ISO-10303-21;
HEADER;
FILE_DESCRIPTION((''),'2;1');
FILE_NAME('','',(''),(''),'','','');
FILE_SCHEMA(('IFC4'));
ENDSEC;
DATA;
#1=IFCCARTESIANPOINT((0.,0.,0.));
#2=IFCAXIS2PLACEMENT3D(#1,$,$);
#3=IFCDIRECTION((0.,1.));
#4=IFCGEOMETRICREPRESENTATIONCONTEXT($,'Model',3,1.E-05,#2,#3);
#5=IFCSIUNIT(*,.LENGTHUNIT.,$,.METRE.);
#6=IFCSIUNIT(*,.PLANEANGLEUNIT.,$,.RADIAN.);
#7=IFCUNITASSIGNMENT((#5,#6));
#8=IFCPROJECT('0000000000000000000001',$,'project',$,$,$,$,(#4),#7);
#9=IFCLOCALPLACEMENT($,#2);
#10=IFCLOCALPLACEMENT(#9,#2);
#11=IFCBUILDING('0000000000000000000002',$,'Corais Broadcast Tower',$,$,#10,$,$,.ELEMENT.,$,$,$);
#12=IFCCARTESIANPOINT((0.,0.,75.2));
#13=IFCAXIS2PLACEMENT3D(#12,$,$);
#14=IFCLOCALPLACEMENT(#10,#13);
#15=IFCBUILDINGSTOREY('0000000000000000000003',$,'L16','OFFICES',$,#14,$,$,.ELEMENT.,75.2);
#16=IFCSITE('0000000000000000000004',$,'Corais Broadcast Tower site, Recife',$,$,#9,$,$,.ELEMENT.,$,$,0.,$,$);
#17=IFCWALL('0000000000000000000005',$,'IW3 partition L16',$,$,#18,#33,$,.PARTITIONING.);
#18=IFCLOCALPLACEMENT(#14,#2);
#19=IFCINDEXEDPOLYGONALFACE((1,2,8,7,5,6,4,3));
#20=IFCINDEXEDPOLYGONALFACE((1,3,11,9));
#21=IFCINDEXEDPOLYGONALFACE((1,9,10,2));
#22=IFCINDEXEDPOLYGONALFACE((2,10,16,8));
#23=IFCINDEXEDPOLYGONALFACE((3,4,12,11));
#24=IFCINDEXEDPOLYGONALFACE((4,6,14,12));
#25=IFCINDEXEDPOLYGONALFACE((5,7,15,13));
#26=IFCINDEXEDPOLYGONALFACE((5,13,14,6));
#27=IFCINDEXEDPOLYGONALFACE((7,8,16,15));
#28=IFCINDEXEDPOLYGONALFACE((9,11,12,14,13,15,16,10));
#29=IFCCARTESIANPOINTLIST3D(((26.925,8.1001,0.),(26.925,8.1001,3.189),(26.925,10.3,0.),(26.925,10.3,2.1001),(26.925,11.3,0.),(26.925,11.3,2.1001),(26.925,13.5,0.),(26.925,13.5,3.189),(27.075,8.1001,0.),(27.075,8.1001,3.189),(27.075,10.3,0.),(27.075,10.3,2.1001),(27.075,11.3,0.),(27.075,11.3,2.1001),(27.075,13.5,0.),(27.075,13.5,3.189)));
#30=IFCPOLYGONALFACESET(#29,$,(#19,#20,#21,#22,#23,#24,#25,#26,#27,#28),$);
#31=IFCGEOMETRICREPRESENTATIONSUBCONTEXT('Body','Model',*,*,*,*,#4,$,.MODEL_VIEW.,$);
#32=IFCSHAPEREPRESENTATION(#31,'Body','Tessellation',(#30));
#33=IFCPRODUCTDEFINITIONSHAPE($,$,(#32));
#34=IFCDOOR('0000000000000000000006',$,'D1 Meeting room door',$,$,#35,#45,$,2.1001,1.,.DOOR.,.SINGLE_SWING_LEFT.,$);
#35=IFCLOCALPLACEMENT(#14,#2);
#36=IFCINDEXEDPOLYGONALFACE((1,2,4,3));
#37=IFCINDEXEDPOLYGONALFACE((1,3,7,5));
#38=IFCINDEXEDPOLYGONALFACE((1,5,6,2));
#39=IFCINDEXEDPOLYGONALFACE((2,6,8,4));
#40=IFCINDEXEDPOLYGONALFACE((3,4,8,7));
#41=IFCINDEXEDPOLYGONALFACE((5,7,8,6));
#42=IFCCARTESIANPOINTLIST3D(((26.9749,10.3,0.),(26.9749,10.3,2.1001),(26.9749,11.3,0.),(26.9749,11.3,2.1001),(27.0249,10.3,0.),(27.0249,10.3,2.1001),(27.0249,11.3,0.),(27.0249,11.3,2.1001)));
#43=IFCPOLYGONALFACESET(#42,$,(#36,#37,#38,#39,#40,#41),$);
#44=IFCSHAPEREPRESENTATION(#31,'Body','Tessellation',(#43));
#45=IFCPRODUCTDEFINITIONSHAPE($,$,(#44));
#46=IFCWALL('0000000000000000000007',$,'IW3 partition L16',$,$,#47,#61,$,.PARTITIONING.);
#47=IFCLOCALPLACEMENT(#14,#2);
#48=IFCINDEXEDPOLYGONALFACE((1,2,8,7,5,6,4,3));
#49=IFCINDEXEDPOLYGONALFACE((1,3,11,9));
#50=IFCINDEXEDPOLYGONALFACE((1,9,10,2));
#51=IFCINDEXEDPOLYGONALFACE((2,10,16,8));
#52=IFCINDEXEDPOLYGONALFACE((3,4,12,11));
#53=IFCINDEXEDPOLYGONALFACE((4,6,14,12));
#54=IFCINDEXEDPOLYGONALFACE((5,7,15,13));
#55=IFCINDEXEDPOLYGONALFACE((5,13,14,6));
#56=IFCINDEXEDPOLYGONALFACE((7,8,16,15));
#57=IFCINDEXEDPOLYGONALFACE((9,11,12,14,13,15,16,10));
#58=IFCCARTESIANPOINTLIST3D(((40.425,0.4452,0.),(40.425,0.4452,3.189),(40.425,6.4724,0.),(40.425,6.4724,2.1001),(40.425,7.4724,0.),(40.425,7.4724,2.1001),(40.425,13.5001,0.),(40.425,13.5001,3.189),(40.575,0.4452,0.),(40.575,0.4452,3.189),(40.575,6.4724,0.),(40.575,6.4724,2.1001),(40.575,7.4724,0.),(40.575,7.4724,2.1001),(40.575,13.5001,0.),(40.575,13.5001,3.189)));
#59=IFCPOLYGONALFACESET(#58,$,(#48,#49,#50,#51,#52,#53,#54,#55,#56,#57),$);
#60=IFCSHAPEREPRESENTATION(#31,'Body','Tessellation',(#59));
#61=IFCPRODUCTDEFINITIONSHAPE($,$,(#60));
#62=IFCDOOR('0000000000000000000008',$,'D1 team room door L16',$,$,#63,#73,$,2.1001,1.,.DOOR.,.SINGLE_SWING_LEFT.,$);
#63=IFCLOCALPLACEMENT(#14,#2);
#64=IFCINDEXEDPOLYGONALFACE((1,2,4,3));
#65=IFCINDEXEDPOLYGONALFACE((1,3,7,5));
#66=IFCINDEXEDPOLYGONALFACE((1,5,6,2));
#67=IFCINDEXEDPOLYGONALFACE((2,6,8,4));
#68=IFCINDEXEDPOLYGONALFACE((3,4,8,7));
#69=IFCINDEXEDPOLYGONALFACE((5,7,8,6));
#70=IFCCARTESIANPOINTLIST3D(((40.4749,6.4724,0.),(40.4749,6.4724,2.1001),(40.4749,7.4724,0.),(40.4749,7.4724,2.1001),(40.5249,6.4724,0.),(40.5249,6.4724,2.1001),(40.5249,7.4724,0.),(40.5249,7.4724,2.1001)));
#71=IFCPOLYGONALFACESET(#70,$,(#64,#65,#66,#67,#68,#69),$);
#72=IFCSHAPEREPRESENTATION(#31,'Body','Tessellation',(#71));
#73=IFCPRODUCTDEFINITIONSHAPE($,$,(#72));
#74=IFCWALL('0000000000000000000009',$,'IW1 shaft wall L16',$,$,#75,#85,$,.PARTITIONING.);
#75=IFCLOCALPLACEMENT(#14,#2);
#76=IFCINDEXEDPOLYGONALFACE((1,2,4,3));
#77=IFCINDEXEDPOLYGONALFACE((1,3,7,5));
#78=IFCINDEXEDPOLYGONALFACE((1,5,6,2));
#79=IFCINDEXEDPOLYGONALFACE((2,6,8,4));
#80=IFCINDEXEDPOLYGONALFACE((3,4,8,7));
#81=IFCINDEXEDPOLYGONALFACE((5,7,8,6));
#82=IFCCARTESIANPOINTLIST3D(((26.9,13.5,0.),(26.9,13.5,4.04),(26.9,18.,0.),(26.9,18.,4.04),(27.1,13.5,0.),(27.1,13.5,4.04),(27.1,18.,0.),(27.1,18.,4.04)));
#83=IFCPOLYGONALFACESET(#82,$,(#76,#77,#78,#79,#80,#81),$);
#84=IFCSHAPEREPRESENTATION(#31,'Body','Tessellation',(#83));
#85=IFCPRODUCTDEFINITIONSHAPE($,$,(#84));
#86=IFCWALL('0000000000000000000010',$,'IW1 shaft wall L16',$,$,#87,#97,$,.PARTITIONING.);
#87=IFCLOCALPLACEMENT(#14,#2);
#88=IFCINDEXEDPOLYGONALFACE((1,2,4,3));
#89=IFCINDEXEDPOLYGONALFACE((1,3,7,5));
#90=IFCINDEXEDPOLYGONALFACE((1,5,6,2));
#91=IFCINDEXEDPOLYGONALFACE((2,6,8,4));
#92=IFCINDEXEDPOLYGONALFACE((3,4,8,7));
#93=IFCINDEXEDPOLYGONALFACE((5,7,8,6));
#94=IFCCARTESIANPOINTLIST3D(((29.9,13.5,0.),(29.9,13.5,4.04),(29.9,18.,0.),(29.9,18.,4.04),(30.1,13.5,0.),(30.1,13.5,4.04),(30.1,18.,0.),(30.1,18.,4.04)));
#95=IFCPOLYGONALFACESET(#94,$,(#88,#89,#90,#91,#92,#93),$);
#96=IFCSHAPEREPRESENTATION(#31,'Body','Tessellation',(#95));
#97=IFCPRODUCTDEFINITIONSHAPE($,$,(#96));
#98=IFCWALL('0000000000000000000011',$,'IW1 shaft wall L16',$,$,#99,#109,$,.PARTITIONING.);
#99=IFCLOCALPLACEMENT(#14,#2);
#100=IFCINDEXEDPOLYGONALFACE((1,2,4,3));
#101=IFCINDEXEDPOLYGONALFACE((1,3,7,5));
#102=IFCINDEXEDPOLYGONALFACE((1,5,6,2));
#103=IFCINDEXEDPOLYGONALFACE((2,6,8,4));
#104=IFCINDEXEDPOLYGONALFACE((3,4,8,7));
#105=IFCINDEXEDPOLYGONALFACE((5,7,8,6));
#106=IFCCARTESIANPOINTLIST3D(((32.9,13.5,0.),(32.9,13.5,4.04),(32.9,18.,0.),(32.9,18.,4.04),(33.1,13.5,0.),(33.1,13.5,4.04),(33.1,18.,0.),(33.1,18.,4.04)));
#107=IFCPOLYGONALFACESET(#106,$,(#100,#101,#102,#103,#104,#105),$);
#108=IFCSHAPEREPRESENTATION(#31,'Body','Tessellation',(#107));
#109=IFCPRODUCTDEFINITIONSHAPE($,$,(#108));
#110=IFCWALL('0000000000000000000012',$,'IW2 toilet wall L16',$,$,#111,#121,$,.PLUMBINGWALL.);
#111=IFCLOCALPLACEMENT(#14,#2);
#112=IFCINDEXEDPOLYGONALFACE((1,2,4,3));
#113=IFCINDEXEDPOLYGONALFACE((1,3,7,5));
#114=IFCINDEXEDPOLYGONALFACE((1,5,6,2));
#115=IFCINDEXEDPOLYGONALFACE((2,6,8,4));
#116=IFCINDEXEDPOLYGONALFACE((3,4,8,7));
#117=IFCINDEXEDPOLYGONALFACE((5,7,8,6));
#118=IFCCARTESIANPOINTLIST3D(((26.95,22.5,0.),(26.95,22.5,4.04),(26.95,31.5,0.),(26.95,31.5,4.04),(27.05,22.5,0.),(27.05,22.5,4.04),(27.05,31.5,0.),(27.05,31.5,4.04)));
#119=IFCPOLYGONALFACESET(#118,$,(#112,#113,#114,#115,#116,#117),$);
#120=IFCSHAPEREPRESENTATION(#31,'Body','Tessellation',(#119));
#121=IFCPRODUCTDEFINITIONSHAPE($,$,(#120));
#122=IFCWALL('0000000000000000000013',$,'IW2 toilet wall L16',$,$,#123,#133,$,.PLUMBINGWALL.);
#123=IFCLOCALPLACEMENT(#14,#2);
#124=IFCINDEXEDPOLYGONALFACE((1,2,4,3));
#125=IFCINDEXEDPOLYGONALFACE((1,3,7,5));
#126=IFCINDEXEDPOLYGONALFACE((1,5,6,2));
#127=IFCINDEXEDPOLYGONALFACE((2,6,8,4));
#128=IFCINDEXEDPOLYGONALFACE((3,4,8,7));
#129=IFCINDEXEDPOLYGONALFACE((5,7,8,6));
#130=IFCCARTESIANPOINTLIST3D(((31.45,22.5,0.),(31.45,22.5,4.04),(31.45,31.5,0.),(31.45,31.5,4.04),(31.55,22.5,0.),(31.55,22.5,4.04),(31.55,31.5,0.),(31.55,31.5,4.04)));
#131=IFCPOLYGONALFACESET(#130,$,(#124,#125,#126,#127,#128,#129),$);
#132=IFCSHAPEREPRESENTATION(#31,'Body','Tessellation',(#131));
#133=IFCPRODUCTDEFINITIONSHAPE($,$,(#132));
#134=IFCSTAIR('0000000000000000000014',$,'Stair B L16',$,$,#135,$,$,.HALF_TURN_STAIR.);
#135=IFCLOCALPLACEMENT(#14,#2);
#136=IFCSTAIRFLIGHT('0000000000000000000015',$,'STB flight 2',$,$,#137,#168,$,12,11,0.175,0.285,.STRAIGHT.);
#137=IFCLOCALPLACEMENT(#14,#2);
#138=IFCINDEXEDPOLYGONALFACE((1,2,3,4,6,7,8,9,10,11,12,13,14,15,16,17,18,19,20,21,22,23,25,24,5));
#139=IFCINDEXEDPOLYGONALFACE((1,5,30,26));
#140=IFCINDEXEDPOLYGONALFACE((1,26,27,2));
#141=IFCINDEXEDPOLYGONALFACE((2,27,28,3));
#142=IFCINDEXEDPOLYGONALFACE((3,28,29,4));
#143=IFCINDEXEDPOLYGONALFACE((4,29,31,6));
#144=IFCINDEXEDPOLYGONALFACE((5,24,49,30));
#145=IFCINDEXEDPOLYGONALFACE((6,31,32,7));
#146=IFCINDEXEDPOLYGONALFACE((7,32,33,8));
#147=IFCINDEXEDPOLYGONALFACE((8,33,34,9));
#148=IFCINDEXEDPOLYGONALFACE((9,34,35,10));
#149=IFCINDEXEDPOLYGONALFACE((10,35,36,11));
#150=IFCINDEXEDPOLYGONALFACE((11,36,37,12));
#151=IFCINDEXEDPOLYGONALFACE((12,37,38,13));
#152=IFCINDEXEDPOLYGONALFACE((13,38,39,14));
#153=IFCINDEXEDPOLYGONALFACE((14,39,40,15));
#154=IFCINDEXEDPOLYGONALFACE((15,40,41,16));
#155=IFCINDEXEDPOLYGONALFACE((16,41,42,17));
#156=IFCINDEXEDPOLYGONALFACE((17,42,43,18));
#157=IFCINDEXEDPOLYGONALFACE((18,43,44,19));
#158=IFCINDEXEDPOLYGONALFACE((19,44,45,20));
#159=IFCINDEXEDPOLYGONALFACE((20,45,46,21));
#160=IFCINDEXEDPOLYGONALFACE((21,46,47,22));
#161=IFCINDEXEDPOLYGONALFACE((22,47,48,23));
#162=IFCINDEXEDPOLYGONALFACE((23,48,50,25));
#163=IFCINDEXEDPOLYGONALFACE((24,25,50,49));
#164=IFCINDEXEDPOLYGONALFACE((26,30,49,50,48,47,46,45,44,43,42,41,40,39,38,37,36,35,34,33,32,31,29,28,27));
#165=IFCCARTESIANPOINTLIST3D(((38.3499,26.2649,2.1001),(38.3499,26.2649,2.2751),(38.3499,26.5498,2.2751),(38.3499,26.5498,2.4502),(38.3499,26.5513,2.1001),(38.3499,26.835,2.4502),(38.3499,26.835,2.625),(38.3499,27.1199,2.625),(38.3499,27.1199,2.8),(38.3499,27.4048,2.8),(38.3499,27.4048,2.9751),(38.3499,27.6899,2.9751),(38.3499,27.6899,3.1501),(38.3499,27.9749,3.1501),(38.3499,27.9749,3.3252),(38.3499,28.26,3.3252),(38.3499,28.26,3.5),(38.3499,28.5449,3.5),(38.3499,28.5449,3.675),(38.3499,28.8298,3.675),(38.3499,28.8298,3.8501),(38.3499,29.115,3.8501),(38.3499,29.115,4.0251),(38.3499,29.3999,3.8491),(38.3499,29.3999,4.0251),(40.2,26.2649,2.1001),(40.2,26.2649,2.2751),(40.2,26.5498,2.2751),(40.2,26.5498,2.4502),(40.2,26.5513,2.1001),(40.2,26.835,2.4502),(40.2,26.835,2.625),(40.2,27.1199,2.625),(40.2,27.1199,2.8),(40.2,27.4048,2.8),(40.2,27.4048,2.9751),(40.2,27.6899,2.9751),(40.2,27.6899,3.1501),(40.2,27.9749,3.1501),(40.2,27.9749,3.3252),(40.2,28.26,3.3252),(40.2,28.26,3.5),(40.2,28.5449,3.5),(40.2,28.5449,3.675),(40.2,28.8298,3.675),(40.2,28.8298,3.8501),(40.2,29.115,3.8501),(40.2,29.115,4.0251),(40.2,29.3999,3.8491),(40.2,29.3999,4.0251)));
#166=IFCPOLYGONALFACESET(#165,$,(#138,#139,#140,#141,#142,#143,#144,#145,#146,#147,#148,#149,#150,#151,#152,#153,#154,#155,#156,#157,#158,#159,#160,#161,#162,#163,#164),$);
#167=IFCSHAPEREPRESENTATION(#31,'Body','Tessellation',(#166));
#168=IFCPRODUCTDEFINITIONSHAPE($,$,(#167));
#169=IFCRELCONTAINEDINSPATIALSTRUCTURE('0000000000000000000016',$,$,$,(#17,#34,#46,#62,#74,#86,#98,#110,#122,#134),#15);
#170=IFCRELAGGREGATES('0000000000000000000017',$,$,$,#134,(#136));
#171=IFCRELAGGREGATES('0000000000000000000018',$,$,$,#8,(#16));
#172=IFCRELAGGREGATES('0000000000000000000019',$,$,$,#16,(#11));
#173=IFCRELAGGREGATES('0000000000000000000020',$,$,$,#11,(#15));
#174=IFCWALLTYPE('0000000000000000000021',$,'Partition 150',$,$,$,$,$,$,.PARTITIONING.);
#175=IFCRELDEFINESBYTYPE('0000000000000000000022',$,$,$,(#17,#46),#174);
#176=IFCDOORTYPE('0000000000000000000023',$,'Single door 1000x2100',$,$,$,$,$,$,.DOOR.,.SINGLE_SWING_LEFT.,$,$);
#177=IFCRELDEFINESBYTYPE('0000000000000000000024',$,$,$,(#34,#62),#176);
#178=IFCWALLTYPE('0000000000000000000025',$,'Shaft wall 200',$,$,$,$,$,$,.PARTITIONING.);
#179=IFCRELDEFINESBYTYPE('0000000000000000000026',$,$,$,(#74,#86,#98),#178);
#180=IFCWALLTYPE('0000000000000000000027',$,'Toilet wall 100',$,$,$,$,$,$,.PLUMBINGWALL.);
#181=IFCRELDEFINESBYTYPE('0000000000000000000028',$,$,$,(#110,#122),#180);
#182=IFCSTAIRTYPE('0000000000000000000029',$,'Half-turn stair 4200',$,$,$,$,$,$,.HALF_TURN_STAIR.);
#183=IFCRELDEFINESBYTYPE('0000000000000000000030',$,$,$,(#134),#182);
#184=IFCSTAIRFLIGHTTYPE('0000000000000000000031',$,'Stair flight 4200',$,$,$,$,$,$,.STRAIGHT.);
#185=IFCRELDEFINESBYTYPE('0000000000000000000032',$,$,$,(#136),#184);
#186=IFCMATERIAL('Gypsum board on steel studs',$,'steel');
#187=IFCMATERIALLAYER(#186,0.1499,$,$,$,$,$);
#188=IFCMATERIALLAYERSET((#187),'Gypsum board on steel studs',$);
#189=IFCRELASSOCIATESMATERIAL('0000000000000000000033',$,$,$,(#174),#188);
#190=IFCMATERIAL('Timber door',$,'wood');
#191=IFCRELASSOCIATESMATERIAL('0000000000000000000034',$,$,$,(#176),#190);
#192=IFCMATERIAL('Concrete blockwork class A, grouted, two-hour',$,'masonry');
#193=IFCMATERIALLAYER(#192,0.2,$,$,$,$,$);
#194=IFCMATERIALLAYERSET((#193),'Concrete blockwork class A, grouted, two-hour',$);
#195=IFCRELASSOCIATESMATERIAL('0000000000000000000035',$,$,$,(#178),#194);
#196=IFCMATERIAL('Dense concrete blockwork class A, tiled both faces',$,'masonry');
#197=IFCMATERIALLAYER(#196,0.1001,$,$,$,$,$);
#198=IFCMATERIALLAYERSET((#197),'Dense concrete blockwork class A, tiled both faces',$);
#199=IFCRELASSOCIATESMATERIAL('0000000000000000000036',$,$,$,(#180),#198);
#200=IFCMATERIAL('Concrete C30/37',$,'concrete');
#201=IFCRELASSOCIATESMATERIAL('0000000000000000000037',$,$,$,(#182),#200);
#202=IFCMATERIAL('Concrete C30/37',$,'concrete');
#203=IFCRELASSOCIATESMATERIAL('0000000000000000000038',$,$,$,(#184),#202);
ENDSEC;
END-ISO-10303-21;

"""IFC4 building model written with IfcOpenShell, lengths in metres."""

from ifc_helpers import new_model, si_unit, direction, frame, frame_2d, origin, place, context, subcontext, project, spatial, polyline, rectangle, outline, extrude, material, layer, layer_set, type_object, element, fill, aggregate, save


model = new_model("IFC4")

# Units and contexts
model_context = context("Model", 3, precision=1e-05, world=origin(), true_north=direction((0.0, 1.0)))
body_context = subcontext(model_context, "Body", "Model", "MODEL_VIEW")
ifc_project = project(units=[si_unit("LENGTHUNIT", "METRE"), si_unit("PLANEANGLEUNIT", "RADIAN")], contexts=[model_context])

# Site, building, storey
site_placement = place(None, origin())
site = spatial("IfcSite", under=ifc_project, at=site_placement, Name="Corais Broadcast Tower site, Recife", CompositionType="ELEMENT", RefElevation=0.0)
building_placement = place(site_placement, origin())
building = spatial("IfcBuilding", under=site, at=building_placement, Name="Corais Broadcast Tower", CompositionType="ELEMENT")
storey_placement = place(building_placement, frame((0.0, 0.0, 75.2)))
storey = spatial("IfcBuildingStorey", under=building, at=storey_placement, Name="L16", Description="OFFICES", CompositionType="ELEMENT", Elevation=75.2)

# Shared definitions
ifc_material_1 = material(Name="Gypsum board on steel studs", Category="steel")
ifc_layer_1 = layer(ifc_material_1, 0.1499)
ifc_layer_set_1 = layer_set([ifc_layer_1], Name="Gypsum board on steel studs")
wall_type_1 = type_object("IfcWallType", Name="Partition 150", PredefinedType="PARTITIONING", material=ifc_layer_set_1)
ifc_material_2 = material(Name="Timber door", Category="wood")
door_type_1 = type_object("IfcDoorType", Name="Single door 1000x2100", OperationType="SINGLE_SWING_LEFT", PredefinedType="DOOR", material=ifc_material_2)

# Walls, openings, doors
wall_1_placement = place(storey_placement, frame((27.0, 13.5, 0.0), z_axis=(0.0, 0.0, 1.0), x_axis=(0.0, -1.0, 0.0)))
wall_1 = element("IfcWall", 1, at=wall_1_placement, inside=storey, type_object=wall_type_1, Name="IW3 partition L16", PredefinedType="PARTITIONING", context=body_context, shape_type="SweptSolid", body=[
    extrude(rectangle(XDim=5.3999, YDim=0.1499, at=frame_2d((2.7, 0.0))), origin(), (0.0, 0.0, 1.0), 3.189),
])
opening_1_placement = place(wall_1_placement, frame((2.2, 0.0, 0.0)))
opening_1 = element("IfcOpeningElement", 2, at=opening_1_placement, cuts=wall_1, PredefinedType="OPENING", context=body_context, shape_type="SweptSolid", body=[
    extrude(rectangle(XDim=1.0, YDim=2.1001, at=frame_2d((0.5, 1.05))), frame((0.0, 0.085, 0.0), z_axis=(0.0, -1.0, 0.0), x_axis=(1.0, 0.0, 0.0)), (0.0, 0.0, 1.0), 0.1699),
])
door_1_placement = place(opening_1_placement, origin())
door_1 = element("IfcDoor", 3, at=door_1_placement, inside=storey, type_object=door_type_1, Name="D1 Meeting room door", OperationType="SINGLE_SWING_LEFT", OverallHeight=2.1001, OverallWidth=1.0, PredefinedType="DOOR", context=body_context, shape_type="SweptSolid", body=[
    extrude(rectangle(XDim=1.0, YDim=2.1001, at=frame_2d((0.5, 1.05))), frame((0.0, 0.0249, 0.0), z_axis=(0.0, -1.0, 0.0), x_axis=(1.0, 0.0, 0.0)), (0.0, 0.0, 1.0), 0.05),
])
fill(opening_1, door_1)
wall_2_placement = place(storey_placement, frame((40.5, 13.5, 0.0), z_axis=(0.0, 0.0, 1.0), x_axis=(0.0, -1.0, 0.0)))
wall_2 = element("IfcWall", 4, at=wall_2_placement, inside=storey, type_object=wall_type_1, Name="IW3 partition L16", PredefinedType="PARTITIONING", context=body_context, shape_type="SweptSolid", body=[
    extrude(rectangle(XDim=13.0549, YDim=0.1499, at=frame_2d((6.5273, 0.0))), origin(), (0.0, 0.0, 1.0), 3.189),
])
opening_2_placement = place(wall_2_placement, frame((6.0276, 0.0, 0.0)))
opening_2 = element("IfcOpeningElement", 5, at=opening_2_placement, cuts=wall_2, PredefinedType="OPENING", context=body_context, shape_type="SweptSolid", body=[
    extrude(rectangle(XDim=1.0, YDim=2.1001, at=frame_2d((0.5, 1.05))), frame((0.0, 0.085, 0.0), z_axis=(0.0, -1.0, 0.0), x_axis=(1.0, 0.0, 0.0)), (0.0, 0.0, 1.0), 0.1699),
])
door_2_placement = place(opening_2_placement, origin())
door_2 = element("IfcDoor", 6, at=door_2_placement, inside=storey, type_object=door_type_1, Name="D1 team room door L16", OperationType="SINGLE_SWING_LEFT", OverallHeight=2.1001, OverallWidth=1.0, PredefinedType="DOOR", context=body_context, shape_type="SweptSolid", body=[
    extrude(rectangle(XDim=1.0, YDim=2.1001, at=frame_2d((0.5, 1.05))), frame((0.0, 0.0249, 0.0), z_axis=(0.0, -1.0, 0.0), x_axis=(1.0, 0.0, 0.0)), (0.0, 0.0, 1.0), 0.05),
])
fill(opening_2, door_2)

# Walls
ifc_material_3 = material(Name="Concrete blockwork class A, grouted, two-hour", Category="masonry")
ifc_layer_2 = layer(ifc_material_3, 0.2)
ifc_layer_set_2 = layer_set([ifc_layer_2], Name="Concrete blockwork class A, grouted, two-hour")
wall_type_2 = type_object("IfcWallType", Name="Shaft wall 200", PredefinedType="PARTITIONING", material=ifc_layer_set_2)
for number, where, z_axis, x_axis, name in (
    (7, (27.0, 13.5, 0.0), (0.0, 0.0, 1.0), (0.0, 1.0, 0.0), "IW1 shaft wall L16"),
    (8, (30.0, 13.5, 0.0), (0.0, 0.0, 1.0), (0.0, 1.0, 0.0), "IW1 shaft wall L16"),
    (9, (33.0, 13.5, 0.0), (0.0, 0.0, 1.0), (0.0, 1.0, 0.0), "IW1 shaft wall L16"),
):
    element("IfcWall", number, at=place(storey_placement, frame(where, z_axis=z_axis, x_axis=x_axis)), inside=storey, type_object=wall_type_2, Name=name, PredefinedType="PARTITIONING", context=body_context, shape_type="SweptSolid", body=[
        extrude(rectangle(XDim=4.5, YDim=0.2, at=frame_2d((2.25, 0.0))), origin(), (0.0, 0.0, 1.0), 4.04),
    ])
ifc_material_4 = material(Name="Dense concrete blockwork class A, tiled both faces", Category="masonry")
ifc_layer_3 = layer(ifc_material_4, 0.1001)
ifc_layer_set_3 = layer_set([ifc_layer_3], Name="Dense concrete blockwork class A, tiled both faces")
wall_type_3 = type_object("IfcWallType", Name="Toilet wall 100", PredefinedType="PLUMBINGWALL", material=ifc_layer_set_3)
for number, where, z_axis, x_axis, name in (
    (10, (27.0, 22.5, 0.0), (0.0, 0.0, 1.0), (0.0, 1.0, 0.0), "IW2 toilet wall L16"),
    (11, (31.5, 22.5, 0.0), (0.0, 0.0, 1.0), (0.0, 1.0, 0.0), "IW2 toilet wall L16"),
):
    element("IfcWall", number, at=place(storey_placement, frame(where, z_axis=z_axis, x_axis=x_axis)), inside=storey, type_object=wall_type_3, Name=name, PredefinedType="PLUMBINGWALL", context=body_context, shape_type="SweptSolid", body=[
        extrude(rectangle(XDim=9.0, YDim=0.1001, at=frame_2d((4.5, 0.0))), origin(), (0.0, 0.0, 1.0), 4.04),
    ])

# Stair, stair flight
ifc_material_5 = material(Name="Concrete C30/37", Category="concrete")
stair_type = type_object("IfcStairType", Name="Half-turn stair 4200", PredefinedType="HALF_TURN_STAIR", material=ifc_material_5)
stair_placement = place(storey_placement, origin())
stair = element("IfcStair", 12, at=stair_placement, inside=storey, type_object=stair_type, Name="Stair B L16", PredefinedType="HALF_TURN_STAIR")
ifc_material_6 = material(Name="Concrete C30/37", Category="concrete")
stair_flight_type = type_object("IfcStairFlightType", Name="Stair flight 4200", PredefinedType="STRAIGHT", material=ifc_material_6)
stair_flight_placement = place(storey_placement, frame((39.2749, 26.2649, 2.1001), z_axis=(0.0, 0.0, 1.0), x_axis=(0.0, 1.0, 0.0)))
stair_flight = element("IfcStairFlight", 13, at=stair_flight_placement, type_object=stair_flight_type, Name="STB flight 2", NumberOfRisers=12, NumberOfTreads=11, PredefinedType="STRAIGHT", RiserHeight=0.175, TreadLength=0.285, context=body_context, shape_type="SweptSolid", body=[
    extrude(outline(polyline([(0.0, 0.0), (0.0, 0.175), (0.2849, 0.175), (0.2849, 0.3501), (0.5701, 0.3501), (0.5701, 0.5249), (0.855, 0.5249), (0.855, 0.7), (1.1399, 0.7), (1.1399, 0.875), (1.425, 0.875), (1.425, 1.05), (1.71, 1.05), (1.71, 1.2251), (1.9951, 1.2251), (1.9951, 1.3999), (2.28, 1.3999), (2.28, 1.575), (2.5649, 1.575), (2.5649, 1.75), (2.8501, 1.75), (2.8501, 1.925), (3.135, 1.925), (3.135, 2.1001), (3.135, 1.749), (0.2864, 0.0), (0.0, 0.0)])), frame((0.0, 0.925, 0.0), z_axis=(0.0, -1.0, 0.0), x_axis=(1.0, 0.0, 0.0)), (0.0, 0.0, 1.0), 1.8501),
])
aggregate(stair, [stair_flight])

save(model, "model.ifc")
